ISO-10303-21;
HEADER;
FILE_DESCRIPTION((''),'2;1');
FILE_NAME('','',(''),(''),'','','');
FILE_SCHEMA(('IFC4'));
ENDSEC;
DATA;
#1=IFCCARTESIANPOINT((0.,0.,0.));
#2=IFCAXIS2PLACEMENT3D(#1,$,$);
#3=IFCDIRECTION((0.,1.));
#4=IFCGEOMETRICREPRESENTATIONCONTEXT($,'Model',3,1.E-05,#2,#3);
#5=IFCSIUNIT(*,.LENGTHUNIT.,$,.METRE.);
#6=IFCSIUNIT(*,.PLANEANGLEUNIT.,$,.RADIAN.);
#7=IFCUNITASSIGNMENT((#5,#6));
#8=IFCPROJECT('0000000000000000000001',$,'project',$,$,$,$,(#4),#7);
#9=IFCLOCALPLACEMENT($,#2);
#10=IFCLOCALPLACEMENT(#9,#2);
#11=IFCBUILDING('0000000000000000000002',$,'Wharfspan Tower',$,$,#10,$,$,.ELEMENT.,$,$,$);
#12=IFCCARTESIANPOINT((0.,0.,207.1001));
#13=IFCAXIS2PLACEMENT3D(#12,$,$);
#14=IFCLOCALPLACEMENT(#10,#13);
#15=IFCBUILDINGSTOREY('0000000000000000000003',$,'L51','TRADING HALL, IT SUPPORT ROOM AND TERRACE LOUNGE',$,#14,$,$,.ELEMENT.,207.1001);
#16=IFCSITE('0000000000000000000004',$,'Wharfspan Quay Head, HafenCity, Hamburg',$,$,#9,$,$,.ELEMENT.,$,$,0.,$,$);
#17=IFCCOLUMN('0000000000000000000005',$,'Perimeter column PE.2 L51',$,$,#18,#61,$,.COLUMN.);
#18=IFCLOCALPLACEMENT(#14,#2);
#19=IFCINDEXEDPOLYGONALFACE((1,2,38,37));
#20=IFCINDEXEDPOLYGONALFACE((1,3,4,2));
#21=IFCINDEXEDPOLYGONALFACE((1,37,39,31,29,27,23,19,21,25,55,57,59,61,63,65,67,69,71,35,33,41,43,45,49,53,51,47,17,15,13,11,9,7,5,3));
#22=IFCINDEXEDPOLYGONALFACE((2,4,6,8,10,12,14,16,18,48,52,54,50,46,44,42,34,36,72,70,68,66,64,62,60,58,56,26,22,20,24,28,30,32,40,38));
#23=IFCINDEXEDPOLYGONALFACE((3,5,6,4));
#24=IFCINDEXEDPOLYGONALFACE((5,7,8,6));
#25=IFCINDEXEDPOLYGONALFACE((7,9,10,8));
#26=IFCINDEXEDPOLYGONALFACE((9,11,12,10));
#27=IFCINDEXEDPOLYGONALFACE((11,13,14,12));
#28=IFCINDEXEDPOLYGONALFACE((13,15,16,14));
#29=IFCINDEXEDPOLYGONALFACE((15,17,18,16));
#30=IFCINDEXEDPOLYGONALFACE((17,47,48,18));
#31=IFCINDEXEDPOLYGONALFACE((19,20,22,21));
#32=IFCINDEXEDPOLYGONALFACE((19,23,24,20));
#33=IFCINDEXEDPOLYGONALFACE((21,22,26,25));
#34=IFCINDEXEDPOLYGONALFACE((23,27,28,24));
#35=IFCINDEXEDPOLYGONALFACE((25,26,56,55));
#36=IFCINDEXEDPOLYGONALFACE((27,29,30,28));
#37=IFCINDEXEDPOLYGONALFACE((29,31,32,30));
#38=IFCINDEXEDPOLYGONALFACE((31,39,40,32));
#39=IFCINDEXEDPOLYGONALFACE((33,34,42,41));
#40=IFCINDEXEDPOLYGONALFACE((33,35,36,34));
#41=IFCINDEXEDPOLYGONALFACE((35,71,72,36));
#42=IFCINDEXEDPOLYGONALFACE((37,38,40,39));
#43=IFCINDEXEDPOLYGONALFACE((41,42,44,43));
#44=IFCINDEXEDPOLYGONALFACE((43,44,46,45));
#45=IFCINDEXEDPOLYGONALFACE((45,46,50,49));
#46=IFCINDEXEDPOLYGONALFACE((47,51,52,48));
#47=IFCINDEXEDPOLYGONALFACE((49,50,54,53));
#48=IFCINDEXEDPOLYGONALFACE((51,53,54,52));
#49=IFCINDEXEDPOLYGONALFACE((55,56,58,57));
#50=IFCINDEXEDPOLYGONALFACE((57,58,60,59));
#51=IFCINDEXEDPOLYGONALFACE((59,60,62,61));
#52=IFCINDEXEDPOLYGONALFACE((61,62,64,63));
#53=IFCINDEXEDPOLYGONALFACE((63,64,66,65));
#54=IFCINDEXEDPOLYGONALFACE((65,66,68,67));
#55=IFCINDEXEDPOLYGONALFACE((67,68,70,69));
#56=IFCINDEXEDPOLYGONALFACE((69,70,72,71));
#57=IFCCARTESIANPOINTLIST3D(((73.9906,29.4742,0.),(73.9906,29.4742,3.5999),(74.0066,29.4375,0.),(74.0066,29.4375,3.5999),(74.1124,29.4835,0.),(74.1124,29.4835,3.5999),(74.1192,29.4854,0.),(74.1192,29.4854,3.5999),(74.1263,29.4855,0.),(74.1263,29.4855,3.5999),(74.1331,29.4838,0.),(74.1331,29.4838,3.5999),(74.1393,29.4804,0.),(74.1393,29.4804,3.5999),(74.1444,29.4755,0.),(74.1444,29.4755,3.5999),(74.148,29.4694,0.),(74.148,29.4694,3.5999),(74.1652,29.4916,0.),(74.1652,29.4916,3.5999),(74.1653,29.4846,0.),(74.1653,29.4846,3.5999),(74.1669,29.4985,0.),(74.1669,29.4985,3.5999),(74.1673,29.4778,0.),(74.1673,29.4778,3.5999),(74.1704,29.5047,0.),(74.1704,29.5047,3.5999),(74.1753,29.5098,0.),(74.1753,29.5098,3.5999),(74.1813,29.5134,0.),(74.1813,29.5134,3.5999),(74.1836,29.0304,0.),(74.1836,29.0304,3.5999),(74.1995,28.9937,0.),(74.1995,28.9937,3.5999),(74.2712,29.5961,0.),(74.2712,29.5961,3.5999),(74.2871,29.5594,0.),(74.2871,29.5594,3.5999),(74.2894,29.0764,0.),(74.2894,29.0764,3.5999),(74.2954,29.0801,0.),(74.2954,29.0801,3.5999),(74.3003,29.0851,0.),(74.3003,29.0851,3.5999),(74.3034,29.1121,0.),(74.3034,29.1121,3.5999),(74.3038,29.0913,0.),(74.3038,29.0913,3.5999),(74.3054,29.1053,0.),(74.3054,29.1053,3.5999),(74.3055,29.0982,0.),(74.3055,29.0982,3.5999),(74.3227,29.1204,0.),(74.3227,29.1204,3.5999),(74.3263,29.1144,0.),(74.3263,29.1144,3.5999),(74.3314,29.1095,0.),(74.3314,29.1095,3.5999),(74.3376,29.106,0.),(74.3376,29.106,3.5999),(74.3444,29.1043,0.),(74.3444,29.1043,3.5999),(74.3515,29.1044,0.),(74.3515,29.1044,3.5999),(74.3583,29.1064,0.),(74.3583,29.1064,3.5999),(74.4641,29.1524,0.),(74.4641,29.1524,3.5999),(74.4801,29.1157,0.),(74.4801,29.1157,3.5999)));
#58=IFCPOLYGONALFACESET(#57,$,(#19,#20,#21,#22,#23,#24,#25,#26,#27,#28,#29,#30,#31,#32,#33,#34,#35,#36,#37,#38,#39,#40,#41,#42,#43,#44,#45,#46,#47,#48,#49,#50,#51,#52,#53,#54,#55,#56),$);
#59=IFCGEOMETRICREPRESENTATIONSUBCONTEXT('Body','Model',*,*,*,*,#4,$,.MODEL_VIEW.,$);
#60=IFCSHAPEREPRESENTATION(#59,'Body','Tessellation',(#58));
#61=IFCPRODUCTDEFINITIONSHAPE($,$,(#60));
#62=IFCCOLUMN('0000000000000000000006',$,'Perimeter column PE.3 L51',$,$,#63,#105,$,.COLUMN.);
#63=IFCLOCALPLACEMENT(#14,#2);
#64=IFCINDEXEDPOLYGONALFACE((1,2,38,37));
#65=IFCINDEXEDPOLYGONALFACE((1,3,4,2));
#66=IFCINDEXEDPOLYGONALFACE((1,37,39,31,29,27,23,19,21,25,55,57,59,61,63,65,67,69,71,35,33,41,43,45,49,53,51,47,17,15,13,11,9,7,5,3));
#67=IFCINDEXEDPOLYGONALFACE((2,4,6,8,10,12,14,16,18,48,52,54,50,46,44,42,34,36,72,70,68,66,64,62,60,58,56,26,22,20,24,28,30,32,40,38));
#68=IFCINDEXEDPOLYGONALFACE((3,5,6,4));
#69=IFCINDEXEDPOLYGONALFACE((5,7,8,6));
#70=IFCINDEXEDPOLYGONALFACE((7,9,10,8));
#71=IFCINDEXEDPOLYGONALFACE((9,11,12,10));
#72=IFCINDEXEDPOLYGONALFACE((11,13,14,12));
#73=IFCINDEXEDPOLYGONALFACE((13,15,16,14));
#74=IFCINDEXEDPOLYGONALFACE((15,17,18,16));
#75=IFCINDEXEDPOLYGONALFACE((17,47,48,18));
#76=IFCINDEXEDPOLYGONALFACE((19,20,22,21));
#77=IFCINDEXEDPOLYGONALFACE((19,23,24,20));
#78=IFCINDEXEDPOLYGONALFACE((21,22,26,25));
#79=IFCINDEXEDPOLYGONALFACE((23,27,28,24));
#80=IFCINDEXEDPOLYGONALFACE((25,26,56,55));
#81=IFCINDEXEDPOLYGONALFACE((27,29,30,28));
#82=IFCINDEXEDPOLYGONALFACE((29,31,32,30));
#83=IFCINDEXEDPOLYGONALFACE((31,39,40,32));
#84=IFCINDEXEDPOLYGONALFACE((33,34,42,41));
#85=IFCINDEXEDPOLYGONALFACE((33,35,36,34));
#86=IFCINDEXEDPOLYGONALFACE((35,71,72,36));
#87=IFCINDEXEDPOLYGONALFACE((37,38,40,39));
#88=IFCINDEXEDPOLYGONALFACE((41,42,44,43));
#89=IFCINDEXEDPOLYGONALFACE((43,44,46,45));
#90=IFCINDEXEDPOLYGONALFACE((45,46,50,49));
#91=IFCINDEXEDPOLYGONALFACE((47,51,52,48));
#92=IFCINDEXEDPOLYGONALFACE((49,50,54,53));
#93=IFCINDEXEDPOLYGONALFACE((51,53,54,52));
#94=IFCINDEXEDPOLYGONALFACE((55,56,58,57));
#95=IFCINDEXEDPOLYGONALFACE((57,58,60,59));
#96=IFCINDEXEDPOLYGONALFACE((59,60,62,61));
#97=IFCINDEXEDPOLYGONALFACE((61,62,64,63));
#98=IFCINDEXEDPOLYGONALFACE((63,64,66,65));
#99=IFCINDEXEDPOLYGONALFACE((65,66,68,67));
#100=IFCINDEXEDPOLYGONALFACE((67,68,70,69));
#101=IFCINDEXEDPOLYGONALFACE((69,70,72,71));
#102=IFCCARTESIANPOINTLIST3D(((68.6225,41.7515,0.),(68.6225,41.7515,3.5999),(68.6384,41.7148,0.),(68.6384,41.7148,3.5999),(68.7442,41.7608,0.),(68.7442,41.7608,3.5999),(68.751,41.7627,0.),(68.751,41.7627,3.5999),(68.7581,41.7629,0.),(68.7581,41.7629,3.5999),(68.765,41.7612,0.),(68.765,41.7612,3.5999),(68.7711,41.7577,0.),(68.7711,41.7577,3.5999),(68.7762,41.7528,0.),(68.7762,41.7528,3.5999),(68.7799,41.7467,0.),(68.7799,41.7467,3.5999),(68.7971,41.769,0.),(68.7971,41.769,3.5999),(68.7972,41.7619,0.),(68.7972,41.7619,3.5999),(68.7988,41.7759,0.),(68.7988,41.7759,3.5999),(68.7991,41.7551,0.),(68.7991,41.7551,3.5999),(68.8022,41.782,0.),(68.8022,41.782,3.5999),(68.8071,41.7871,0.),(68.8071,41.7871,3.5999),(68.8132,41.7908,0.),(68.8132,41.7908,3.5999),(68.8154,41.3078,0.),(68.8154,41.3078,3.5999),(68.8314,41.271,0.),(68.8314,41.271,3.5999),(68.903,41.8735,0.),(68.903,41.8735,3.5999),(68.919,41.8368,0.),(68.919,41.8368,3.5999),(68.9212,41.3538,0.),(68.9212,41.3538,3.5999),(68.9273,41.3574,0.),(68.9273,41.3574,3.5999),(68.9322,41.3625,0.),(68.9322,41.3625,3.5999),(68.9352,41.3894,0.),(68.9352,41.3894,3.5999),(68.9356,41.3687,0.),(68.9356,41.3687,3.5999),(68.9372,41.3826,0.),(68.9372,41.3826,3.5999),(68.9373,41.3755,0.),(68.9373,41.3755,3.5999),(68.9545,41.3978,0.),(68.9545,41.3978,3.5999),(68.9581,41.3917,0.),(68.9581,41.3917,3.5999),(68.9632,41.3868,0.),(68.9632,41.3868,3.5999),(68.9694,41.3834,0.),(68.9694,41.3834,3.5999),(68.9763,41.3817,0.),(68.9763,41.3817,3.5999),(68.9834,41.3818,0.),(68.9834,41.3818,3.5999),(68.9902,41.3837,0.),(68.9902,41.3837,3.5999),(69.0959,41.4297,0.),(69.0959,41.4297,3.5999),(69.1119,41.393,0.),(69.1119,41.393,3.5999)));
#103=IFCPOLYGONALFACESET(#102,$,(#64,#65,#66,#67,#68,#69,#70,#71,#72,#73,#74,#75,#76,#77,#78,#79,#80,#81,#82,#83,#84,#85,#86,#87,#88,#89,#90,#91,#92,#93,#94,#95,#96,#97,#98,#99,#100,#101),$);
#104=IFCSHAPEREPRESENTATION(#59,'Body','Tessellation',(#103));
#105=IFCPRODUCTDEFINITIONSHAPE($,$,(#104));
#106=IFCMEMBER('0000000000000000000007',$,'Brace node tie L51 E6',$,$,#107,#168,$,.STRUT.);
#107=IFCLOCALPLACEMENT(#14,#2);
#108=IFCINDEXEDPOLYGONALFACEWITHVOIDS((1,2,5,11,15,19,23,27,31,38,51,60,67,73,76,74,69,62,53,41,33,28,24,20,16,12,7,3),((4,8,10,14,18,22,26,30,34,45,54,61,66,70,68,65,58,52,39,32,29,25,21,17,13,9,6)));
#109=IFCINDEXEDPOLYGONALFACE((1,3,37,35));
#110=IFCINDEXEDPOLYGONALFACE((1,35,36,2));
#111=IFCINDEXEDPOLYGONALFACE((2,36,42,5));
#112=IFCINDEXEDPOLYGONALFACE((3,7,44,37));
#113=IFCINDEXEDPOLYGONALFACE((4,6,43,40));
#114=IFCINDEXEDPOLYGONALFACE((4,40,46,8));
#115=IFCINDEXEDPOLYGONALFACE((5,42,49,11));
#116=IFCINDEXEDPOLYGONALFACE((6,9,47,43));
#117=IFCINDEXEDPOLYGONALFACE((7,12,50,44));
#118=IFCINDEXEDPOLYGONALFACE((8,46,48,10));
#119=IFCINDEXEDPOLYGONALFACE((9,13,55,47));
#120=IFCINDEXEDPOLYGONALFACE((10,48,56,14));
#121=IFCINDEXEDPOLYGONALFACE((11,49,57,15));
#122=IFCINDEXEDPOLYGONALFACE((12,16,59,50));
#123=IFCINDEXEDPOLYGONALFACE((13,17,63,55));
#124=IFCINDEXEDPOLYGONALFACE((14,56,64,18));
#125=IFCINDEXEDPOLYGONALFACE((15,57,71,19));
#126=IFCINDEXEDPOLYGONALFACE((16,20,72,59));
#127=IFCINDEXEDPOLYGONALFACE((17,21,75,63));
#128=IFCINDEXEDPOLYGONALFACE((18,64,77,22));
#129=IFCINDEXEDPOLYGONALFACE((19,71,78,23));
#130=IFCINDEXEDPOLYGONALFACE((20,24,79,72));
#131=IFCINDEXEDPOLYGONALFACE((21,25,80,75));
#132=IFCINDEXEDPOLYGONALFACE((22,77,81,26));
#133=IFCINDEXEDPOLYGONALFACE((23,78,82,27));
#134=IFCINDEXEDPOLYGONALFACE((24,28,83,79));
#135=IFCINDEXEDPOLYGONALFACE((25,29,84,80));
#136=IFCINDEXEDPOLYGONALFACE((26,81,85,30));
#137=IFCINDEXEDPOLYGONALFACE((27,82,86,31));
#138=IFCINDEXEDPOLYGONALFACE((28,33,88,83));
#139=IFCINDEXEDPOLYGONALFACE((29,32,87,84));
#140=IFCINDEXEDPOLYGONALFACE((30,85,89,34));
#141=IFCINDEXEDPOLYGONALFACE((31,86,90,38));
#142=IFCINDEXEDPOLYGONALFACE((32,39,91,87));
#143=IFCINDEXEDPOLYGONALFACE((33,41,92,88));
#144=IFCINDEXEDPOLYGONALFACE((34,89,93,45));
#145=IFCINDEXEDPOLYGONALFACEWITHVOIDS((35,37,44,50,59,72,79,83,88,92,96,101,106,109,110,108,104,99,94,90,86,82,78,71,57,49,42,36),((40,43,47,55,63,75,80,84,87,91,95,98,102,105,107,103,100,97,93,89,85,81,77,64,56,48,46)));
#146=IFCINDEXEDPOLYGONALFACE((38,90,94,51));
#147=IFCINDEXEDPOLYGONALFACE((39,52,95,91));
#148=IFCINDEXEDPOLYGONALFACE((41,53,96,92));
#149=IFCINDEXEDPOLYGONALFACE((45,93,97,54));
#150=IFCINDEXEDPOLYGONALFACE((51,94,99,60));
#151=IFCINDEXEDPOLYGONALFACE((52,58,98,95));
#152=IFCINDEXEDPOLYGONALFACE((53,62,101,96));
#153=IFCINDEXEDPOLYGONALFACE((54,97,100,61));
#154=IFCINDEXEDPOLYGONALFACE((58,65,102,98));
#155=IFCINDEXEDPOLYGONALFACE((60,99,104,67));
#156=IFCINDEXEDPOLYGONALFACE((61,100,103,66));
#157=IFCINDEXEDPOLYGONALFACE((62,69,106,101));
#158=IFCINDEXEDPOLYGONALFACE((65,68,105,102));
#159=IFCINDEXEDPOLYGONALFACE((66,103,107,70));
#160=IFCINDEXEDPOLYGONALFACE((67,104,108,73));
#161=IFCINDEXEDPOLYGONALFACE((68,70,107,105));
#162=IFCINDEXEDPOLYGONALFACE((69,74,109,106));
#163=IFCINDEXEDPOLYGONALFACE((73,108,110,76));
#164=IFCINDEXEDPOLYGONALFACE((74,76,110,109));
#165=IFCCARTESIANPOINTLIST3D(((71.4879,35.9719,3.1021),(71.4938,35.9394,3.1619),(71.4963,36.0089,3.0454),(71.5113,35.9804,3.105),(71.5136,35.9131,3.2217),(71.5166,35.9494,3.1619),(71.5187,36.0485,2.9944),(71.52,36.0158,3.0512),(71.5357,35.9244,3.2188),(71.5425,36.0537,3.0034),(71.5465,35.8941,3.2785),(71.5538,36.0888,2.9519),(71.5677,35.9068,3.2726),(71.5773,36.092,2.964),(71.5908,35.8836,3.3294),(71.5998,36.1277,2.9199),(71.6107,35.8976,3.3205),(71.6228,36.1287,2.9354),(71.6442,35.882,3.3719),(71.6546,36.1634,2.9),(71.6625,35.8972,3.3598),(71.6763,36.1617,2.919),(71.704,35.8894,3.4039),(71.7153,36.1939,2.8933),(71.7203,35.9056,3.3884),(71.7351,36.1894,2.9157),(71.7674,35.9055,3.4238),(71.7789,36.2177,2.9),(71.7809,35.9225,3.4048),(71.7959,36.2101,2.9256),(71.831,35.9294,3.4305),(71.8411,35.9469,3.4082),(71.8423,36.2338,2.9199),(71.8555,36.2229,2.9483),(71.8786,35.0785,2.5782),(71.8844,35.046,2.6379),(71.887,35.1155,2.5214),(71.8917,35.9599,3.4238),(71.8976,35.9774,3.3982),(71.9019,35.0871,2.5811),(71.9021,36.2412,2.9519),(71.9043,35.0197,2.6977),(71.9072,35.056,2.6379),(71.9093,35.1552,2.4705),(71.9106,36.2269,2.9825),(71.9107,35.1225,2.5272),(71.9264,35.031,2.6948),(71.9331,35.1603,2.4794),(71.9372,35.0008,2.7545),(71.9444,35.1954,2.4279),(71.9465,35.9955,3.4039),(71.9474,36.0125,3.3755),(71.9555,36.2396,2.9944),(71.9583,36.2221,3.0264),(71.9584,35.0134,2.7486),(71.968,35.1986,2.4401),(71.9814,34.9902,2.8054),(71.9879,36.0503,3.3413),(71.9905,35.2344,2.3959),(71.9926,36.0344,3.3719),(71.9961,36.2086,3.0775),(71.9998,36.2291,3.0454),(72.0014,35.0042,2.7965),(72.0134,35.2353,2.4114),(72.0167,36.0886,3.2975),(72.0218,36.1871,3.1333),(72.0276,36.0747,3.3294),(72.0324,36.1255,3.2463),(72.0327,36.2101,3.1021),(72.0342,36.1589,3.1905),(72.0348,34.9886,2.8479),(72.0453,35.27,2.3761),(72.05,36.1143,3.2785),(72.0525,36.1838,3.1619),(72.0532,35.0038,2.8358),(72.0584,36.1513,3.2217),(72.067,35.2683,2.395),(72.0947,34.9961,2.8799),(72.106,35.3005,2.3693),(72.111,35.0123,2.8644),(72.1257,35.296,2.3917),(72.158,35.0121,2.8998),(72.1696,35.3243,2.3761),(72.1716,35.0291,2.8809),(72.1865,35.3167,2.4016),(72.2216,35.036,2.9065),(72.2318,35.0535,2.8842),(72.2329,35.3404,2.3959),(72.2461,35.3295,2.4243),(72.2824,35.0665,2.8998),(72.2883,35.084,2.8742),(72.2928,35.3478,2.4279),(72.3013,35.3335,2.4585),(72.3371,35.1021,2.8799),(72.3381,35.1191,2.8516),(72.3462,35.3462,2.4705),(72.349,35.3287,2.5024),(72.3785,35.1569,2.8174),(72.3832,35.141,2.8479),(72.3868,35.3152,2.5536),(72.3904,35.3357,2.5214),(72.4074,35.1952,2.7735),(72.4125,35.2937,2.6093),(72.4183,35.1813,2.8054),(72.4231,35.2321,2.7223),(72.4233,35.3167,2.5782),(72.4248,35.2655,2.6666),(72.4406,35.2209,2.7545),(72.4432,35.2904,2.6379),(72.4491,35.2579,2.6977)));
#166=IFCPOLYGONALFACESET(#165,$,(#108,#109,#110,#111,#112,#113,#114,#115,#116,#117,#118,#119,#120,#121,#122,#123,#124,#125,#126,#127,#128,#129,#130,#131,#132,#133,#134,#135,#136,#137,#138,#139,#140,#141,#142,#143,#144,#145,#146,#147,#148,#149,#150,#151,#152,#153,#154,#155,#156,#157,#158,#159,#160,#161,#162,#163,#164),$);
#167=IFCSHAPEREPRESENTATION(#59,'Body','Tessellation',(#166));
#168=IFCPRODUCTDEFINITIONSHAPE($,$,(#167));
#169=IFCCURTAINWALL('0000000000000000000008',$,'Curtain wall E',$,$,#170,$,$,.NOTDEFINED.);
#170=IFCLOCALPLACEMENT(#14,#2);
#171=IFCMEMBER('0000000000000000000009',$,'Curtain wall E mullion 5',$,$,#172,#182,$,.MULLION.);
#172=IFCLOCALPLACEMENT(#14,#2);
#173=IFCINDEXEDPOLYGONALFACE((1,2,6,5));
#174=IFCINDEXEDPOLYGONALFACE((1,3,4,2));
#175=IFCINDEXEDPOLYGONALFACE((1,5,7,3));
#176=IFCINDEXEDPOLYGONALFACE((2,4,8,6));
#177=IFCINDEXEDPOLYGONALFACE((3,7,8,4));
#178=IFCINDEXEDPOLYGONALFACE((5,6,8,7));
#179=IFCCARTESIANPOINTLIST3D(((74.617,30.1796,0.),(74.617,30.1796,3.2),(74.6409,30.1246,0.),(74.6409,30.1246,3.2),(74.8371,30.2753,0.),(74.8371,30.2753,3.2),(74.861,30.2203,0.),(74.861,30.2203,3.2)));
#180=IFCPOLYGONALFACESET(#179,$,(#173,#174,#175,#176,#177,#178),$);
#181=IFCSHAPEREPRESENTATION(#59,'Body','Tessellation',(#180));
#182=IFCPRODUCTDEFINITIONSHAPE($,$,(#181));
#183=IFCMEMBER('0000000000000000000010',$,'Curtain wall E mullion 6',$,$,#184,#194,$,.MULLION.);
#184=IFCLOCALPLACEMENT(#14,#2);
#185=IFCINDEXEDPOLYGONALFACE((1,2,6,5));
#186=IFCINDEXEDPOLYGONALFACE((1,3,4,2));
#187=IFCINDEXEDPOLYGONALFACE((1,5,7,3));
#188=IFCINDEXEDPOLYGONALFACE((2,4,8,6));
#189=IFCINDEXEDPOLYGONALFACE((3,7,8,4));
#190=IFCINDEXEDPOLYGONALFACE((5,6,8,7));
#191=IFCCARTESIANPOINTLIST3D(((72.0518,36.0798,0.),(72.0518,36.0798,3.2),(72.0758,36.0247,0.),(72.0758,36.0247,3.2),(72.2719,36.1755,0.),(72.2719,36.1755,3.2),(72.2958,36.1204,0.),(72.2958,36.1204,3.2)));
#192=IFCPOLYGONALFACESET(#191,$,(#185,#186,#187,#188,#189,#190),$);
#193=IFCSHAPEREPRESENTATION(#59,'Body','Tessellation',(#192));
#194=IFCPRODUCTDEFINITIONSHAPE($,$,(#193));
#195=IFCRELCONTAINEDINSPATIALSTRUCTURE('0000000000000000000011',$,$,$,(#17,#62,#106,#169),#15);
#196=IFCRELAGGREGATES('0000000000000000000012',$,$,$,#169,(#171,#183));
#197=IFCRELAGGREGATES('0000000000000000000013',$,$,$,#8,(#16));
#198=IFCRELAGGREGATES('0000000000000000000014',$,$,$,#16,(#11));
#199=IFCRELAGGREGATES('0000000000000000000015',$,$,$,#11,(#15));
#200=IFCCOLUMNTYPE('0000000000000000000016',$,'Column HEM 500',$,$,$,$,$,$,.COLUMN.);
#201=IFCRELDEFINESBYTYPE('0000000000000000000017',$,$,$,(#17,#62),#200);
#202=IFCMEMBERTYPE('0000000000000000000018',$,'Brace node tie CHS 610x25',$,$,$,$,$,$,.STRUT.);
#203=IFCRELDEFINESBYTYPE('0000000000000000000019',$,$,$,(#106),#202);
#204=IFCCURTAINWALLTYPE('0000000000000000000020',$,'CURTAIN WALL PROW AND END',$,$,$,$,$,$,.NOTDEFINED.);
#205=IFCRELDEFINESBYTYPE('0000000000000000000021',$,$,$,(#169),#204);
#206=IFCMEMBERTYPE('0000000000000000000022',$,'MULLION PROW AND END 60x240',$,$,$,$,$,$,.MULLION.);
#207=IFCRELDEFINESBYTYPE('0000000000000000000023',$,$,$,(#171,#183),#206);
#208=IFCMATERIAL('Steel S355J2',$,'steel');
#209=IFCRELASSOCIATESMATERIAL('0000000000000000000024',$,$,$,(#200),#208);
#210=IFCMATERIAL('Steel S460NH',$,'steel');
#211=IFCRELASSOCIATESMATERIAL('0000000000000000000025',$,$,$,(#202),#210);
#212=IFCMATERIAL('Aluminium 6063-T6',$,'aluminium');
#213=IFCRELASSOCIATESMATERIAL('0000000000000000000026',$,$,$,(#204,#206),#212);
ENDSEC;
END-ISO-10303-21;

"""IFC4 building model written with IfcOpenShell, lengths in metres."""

from ifc_helpers import new_model, si_unit, direction, frame, origin, origin_2d, place, context, subcontext, project, spatial, rectangle, hollow_circle, i_section, extrude, material, material_profile, profile_set, type_object, element, aggregate, save


model = new_model("IFC4")

# Units and contexts
model_context = context("Model", 3, precision=1e-05, world=origin(), true_north=direction((0.0, 1.0)))
body_context = subcontext(model_context, "Body", "Model", "MODEL_VIEW")
ifc_project = project(units=[si_unit("LENGTHUNIT", "METRE"), si_unit("PLANEANGLEUNIT", "RADIAN")], contexts=[model_context])

# Site, building, storey
site_placement = place(None, origin())
site = spatial("IfcSite", under=ifc_project, at=site_placement, Name="Wharfspan Quay Head, HafenCity, Hamburg", CompositionType="ELEMENT", RefElevation=0.0)
building_placement = place(site_placement, origin())
building = spatial("IfcBuilding", under=site, at=building_placement, Name="Wharfspan Tower", CompositionType="ELEMENT")
storey_placement = place(building_placement, frame((0.0, 0.0, 207.1001)))
storey = spatial("IfcBuildingStorey", under=building, at=storey_placement, Name="L51", Description="TRADING HALL, IT SUPPORT ROOM AND TERRACE LOUNGE", CompositionType="ELEMENT", Elevation=207.1001)

# Columns
ifc_material_1 = material(Name="Steel S355J2", Category="steel")
ifc_material_profile_1 = material_profile(ifc_material_1, i_section(OverallWidth=0.3059, OverallDepth=0.5239, WebThickness=0.021, FlangeThickness=0.04, FilletRadius=0.0271, at=origin_2d()))
ifc_profile_set_1 = profile_set([ifc_material_profile_1], Name="Steel S355J2")
column_type = type_object("IfcColumnType", Name="Column HEM 500", PredefinedType="COLUMN", material=ifc_profile_set_1)
for number, where, z_axis, x_axis, name in (
    (1, (74.2354, 29.2949, 0.0), (0.0, 0.0, 1.0), (0.917072, 0.398727, 0.0), "Perimeter column PE.2 L51"),
    (2, (68.8672, 41.5723, 0.0), (0.0, 0.0, 1.0), (0.917072, 0.398727, 0.0), "Perimeter column PE.3 L51"),
):
    element("IfcColumn", number, at=place(storey_placement, frame(where, z_axis=z_axis, x_axis=x_axis)), inside=storey, type_object=column_type, Name=name, PredefinedType="COLUMN", context=body_context, shape_type="SweptSolid", body=[
        extrude(i_section(OverallWidth=0.3059, OverallDepth=0.5239, WebThickness=0.021, FlangeThickness=0.04, FilletRadius=0.0271, at=origin_2d()), origin(), (0.0, 0.0, 1.0), 3.5999),
    ])

# Member
ifc_material_2 = material(Name="Steel S460NH", Category="steel")
ifc_material_profile_2 = material_profile(ifc_material_2, hollow_circle(Radius=0.3049, WallThickness=0.0249, at=origin_2d()))
ifc_profile_set_2 = profile_set([ifc_material_profile_2], Name="Steel S460NH")
member_type_1 = type_object("IfcMemberType", Name="Brace node tie CHS 610x25", PredefinedType="STRUT", material=ifc_profile_set_2)
member_1_placement = place(storey_placement, frame((72.1638, 35.1682, 2.6379), z_axis=(-0.35292, 0.807084, 0.473354), x_axis=(-0.916236, -0.400648, -0.000003)))
element("IfcMember", 3, at=member_1_placement, inside=storey, type_object=member_type_1, Name="Brace node tie L51 E6", PredefinedType="STRUT", context=body_context, shape_type="SweptSolid", body=[
    extrude(hollow_circle(Radius=0.3049, WallThickness=0.0249, at=origin_2d()), origin(), (0.0, 0.0, 1.0), 1.1069),
])

# Curtain wall, members
ifc_material_3 = material(Name="Aluminium 6063-T6", Category="aluminium")
curtain_wall_type = type_object("IfcCurtainWallType", Name="CURTAIN WALL PROW AND END", PredefinedType="NOTDEFINED", material=ifc_material_3)
curtain_wall_1_placement = place(storey_placement, origin())
curtain_wall_1 = element("IfcCurtainWall", 4, at=curtain_wall_1_placement, inside=storey, type_object=curtain_wall_type, Name="Curtain wall E", PredefinedType="NOTDEFINED")
ifc_material_profile_3 = material_profile(ifc_material_3, rectangle(XDim=0.24, YDim=0.0601, at=origin_2d()))
ifc_profile_set_3 = profile_set([ifc_material_profile_3], Name="Aluminium 6063-T6")
member_type_2 = type_object("IfcMemberType", Name="MULLION PROW AND END 60x240", PredefinedType="MULLION", material=ifc_profile_set_3)
member_2_placement = place(storey_placement, frame((74.739, 30.2, 0.0), z_axis=(0.0, 0.0, 1.0), x_axis=(-0.917072, -0.398727, 0.0)))
member_2 = element("IfcMember", 5, at=member_2_placement, type_object=member_type_2, Name="Curtain wall E mullion 5", PredefinedType="MULLION", context=body_context, shape_type="SweptSolid", body=[
    extrude(rectangle(XDim=0.24, YDim=0.0601, at=origin_2d()), origin(), (0.0, 0.0, 1.0), 3.2),
])
member_3_placement = place(storey_placement, frame((72.1738, 36.1001, 0.0), z_axis=(0.0, 0.0, 1.0), x_axis=(-0.917072, -0.398727, 0.0)))
member_3 = element("IfcMember", 6, at=member_3_placement, type_object=member_type_2, Name="Curtain wall E mullion 6", PredefinedType="MULLION", context=body_context, shape_type="SweptSolid", body=[
    extrude(rectangle(XDim=0.24, YDim=0.0601, at=origin_2d()), origin(), (0.0, 0.0, 1.0), 3.2),
])

aggregate(curtain_wall_1, [member_2, member_3])

save(model, "model.ifc")
